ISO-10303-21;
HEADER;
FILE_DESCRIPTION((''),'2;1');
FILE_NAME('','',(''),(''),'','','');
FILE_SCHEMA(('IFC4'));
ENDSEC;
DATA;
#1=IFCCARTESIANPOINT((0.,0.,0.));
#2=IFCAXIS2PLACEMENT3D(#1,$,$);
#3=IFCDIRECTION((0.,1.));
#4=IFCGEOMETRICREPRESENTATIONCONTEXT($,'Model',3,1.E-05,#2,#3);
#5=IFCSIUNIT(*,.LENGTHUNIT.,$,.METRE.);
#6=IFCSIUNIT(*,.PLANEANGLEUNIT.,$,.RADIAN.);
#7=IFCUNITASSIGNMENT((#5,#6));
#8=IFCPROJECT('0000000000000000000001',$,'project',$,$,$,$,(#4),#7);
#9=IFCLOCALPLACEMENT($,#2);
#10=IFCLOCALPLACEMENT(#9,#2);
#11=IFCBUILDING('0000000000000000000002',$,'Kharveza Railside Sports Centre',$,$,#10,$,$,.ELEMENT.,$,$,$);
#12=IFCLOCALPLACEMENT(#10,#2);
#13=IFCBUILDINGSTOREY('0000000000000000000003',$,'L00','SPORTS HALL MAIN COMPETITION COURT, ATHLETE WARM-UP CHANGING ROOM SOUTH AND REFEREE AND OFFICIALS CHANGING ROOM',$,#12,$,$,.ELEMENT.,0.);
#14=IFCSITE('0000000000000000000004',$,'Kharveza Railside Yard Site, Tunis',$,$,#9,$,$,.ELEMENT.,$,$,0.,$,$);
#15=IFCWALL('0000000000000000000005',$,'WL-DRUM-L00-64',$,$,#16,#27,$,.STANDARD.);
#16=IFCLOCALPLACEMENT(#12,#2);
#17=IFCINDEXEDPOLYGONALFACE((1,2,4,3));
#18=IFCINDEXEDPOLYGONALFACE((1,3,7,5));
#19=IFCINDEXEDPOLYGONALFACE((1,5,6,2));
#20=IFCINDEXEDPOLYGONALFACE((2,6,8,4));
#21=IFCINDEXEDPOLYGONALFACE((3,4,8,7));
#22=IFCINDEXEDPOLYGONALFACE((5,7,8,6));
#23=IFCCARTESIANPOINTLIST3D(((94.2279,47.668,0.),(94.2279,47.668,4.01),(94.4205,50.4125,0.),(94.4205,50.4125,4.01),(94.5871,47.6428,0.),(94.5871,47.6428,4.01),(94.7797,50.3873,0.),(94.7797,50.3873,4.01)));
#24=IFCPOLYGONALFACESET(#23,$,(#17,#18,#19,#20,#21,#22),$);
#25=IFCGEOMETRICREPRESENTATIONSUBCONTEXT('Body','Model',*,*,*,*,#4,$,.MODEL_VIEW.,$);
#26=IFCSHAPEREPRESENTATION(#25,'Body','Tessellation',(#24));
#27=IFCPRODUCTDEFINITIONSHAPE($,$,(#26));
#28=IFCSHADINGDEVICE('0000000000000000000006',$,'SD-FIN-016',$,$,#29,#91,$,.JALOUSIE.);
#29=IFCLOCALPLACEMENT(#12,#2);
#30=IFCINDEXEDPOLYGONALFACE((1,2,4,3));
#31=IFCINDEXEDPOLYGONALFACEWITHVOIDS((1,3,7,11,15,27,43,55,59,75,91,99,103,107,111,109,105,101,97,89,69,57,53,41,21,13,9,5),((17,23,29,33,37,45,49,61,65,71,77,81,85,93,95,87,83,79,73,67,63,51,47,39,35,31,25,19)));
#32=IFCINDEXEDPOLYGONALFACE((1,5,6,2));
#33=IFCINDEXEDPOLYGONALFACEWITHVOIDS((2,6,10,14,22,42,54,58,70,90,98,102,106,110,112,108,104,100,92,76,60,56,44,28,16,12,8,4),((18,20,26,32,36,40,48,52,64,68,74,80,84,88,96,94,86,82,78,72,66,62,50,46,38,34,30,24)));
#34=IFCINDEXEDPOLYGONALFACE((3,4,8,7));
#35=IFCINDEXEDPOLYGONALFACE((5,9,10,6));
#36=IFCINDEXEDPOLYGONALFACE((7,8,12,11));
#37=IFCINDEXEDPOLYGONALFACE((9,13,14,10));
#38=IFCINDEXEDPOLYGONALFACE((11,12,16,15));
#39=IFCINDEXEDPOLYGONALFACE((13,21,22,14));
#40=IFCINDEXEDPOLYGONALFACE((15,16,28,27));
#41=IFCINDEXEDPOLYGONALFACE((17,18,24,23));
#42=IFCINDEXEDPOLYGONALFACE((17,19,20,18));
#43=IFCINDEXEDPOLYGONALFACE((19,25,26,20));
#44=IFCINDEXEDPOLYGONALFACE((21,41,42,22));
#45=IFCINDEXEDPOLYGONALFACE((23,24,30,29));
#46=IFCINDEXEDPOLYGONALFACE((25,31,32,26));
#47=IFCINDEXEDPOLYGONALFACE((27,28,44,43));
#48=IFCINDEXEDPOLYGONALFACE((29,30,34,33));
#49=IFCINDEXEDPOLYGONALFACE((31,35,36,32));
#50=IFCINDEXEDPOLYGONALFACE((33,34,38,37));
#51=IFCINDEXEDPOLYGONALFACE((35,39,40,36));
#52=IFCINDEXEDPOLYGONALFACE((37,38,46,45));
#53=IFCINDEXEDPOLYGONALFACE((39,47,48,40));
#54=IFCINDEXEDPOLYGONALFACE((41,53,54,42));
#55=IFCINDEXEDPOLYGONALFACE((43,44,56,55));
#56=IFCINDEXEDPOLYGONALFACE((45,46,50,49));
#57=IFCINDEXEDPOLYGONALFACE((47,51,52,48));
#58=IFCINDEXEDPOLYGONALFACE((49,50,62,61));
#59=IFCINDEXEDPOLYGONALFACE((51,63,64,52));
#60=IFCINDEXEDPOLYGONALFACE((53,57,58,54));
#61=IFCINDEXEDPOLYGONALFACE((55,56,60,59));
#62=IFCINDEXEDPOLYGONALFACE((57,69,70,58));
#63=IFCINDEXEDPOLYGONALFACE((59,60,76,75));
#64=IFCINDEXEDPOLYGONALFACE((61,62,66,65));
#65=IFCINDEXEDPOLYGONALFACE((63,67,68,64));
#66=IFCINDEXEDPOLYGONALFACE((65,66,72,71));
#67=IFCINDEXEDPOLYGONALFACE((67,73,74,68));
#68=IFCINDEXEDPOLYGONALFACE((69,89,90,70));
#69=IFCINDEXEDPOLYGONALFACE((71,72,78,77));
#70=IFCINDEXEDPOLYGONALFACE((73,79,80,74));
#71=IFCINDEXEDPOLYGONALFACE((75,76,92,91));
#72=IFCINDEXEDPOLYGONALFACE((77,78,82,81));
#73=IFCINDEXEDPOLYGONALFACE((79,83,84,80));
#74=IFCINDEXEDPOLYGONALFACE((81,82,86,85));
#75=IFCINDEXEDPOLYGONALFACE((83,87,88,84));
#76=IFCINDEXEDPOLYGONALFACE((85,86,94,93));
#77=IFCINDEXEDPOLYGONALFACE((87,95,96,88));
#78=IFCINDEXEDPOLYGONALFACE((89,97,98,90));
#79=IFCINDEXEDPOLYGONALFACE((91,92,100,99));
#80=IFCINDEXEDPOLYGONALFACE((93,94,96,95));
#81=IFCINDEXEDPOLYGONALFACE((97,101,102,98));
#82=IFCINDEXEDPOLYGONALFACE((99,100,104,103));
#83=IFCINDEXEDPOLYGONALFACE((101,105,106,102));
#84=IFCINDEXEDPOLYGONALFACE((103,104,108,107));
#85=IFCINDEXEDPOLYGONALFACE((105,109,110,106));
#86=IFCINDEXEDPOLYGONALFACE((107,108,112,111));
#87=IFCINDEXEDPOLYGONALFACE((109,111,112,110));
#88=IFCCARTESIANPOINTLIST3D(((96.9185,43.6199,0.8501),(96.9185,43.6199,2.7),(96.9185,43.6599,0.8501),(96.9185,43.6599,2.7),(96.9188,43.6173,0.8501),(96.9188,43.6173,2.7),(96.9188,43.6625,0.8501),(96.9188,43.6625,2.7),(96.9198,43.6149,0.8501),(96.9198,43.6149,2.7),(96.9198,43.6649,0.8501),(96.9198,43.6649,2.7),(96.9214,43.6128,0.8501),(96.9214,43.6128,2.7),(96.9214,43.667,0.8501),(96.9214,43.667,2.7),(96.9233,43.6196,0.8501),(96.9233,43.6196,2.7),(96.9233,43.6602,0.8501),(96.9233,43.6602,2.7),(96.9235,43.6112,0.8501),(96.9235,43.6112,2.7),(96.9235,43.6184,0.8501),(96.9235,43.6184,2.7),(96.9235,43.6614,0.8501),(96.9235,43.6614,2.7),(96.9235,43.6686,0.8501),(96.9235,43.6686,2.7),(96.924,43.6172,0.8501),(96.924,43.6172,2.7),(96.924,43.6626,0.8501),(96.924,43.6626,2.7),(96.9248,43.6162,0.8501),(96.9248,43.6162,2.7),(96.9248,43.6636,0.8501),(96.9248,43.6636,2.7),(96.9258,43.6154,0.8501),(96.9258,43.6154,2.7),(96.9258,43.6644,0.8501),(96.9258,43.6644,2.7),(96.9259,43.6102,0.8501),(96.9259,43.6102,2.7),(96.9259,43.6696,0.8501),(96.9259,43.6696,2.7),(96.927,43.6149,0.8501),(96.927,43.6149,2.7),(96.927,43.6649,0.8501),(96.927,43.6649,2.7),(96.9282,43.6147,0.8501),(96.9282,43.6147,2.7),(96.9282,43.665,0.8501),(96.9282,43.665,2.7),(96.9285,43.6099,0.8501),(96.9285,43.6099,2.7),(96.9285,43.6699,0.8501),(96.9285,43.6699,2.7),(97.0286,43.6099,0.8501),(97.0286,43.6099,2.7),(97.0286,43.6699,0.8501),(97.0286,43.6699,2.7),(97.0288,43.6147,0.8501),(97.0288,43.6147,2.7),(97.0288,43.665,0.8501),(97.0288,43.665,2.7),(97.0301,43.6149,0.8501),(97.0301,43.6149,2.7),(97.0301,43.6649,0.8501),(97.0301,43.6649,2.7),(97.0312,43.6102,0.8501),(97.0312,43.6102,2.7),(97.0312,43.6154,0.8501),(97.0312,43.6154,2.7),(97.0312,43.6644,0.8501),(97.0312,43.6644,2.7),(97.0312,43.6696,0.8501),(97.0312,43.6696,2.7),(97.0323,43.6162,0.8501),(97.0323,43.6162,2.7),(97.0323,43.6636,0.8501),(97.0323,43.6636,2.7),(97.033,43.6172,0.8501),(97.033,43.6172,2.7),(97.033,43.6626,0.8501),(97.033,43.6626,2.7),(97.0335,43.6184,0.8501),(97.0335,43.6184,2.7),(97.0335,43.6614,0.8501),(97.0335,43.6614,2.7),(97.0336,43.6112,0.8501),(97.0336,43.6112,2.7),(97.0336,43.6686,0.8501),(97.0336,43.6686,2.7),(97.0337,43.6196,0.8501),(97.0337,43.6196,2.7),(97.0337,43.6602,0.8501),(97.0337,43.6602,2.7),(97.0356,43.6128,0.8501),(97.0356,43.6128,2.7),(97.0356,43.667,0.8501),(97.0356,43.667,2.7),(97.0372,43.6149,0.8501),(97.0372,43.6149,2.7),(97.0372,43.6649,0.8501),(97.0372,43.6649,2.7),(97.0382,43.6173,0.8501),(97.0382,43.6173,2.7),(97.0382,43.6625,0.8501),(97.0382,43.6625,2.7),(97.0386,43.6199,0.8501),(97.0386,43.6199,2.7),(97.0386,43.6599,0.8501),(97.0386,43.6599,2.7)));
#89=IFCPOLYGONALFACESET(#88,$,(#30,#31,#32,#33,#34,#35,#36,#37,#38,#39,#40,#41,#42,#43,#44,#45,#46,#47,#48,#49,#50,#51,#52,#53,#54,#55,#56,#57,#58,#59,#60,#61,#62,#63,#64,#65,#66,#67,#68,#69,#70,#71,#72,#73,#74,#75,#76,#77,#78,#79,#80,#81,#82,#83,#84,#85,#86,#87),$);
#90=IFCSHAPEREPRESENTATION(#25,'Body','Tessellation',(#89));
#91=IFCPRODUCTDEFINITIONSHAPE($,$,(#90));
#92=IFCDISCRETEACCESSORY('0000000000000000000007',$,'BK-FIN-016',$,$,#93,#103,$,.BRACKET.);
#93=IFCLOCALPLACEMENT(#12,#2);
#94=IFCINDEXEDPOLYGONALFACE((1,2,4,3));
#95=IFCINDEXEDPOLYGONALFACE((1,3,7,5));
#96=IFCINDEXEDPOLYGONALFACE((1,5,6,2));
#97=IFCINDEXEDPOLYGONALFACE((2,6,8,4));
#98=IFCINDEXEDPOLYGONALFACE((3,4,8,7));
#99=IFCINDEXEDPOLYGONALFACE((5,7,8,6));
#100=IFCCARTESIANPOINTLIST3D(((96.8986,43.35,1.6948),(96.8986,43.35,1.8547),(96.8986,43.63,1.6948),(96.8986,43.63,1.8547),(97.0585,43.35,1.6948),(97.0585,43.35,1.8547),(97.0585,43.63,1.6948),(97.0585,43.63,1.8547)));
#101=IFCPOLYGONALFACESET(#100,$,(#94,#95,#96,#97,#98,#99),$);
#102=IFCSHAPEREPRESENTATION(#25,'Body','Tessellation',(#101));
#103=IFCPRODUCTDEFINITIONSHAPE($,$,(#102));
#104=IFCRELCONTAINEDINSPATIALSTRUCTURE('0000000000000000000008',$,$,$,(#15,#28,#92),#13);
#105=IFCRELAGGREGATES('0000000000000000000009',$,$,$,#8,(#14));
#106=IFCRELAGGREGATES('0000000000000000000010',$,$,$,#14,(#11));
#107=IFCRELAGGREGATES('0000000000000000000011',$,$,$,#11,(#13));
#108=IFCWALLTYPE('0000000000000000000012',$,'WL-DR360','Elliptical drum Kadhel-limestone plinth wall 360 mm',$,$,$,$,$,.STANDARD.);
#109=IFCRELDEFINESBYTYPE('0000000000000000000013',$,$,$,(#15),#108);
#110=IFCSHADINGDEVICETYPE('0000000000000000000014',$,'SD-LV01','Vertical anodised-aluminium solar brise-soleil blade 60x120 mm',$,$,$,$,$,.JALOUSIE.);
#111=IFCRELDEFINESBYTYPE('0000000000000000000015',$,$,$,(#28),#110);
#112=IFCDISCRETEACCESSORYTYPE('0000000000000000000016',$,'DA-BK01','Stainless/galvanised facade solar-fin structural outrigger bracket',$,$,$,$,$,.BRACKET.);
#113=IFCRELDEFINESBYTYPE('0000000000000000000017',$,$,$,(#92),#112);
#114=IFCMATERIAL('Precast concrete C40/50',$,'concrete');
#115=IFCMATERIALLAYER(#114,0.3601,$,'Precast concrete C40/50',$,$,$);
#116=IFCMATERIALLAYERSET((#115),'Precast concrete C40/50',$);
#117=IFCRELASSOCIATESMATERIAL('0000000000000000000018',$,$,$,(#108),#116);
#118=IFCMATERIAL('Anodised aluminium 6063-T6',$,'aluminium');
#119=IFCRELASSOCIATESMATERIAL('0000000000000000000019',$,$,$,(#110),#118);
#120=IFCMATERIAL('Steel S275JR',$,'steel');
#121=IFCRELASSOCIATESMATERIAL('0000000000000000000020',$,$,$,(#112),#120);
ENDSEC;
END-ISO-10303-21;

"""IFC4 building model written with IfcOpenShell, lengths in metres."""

from ifc_helpers import new_model, si_unit, direction, frame, frame_2d, origin, origin_2d, place, context, subcontext, project, spatial, rectangle, hollow_rectangle, extrude, material, layer, layer_set, material_profile, profile_set, type_object, element, save


model = new_model("IFC4")

# Units and contexts
model_context = context("Model", 3, precision=1e-05, world=origin(), true_north=direction((0.0, 1.0)))
body_context = subcontext(model_context, "Body", "Model", "MODEL_VIEW")
ifc_project = project(units=[si_unit("LENGTHUNIT", "METRE"), si_unit("PLANEANGLEUNIT", "RADIAN")], contexts=[model_context])

# Site, building, storey
site_placement = place(None, origin())
site = spatial("IfcSite", under=ifc_project, at=site_placement, Name="Kharveza Railside Yard Site, Tunis", CompositionType="ELEMENT", RefElevation=0.0)
building_placement = place(site_placement, origin())
building = spatial("IfcBuilding", under=site, at=building_placement, Name="Kharveza Railside Sports Centre", CompositionType="ELEMENT")
storey_placement = place(building_placement, origin())
storey = spatial("IfcBuildingStorey", under=building, at=storey_placement, Name="L00", Description="SPORTS HALL MAIN COMPETITION COURT, ATHLETE WARM-UP CHANGING ROOM SOUTH AND REFEREE AND OFFICIALS CHANGING ROOM", CompositionType="ELEMENT", Elevation=0.0)

# Wall
ifc_material_1 = material(Name="Precast concrete C40/50", Category="concrete")
ifc_layer_1 = layer(ifc_material_1, 0.3601, Name="Precast concrete C40/50")
ifc_layer_set_1 = layer_set([ifc_layer_1], Name="Precast concrete C40/50")
wall_type = type_object("IfcWallType", Name="WL-DR360", Description="Elliptical drum Kadhel-limestone plinth wall 360 mm", PredefinedType="STANDARD", material=ifc_layer_set_1)
wall_1_placement = place(storey_placement, frame((94.4075, 47.6555, 0.0), z_axis=(0.0, 0.0, 1.0), x_axis=(0.070017, 0.997546, 0.0)))
element("IfcWall", 1, at=wall_1_placement, inside=storey, type_object=wall_type, Name="WL-DRUM-L00-64", PredefinedType="STANDARD", context=body_context, shape_type="SweptSolid", body=[
    extrude(rectangle(XDim=2.7512, YDim=0.3601, at=frame_2d((1.3755, 0.0))), origin(), (0.0, 0.0, 1.0), 4.01),
])

# Shading device
ifc_material_2 = material(Name="Anodised aluminium 6063-T6", Category="aluminium")
ifc_material_profile_1 = material_profile(ifc_material_2, hollow_rectangle(XDim=0.0601, YDim=0.1201, WallThickness=0.0049, InnerFilletRadius=0.0049, OuterFilletRadius=0.01, at=origin_2d()), Name="RHS 60x120x5.0")
ifc_profile_set_1 = profile_set([ifc_material_profile_1], Name="Anodised aluminium 6063-T6")
shading_device_type = type_object("IfcShadingDeviceType", Name="SD-LV01", Description="Vertical anodised-aluminium solar brise-soleil blade 60x120 mm", PredefinedType="JALOUSIE", material=ifc_profile_set_1)
shading_device_placement = place(storey_placement, frame((96.9785, 43.6399, 0.8501), z_axis=(0.0, 0.0, 1.0), x_axis=(0.0, 1.0, 0.0)))
element("IfcShadingDevice", 2, at=shading_device_placement, inside=storey, type_object=shading_device_type, Name="SD-FIN-016", PredefinedType="JALOUSIE", context=body_context, shape_type="SweptSolid", body=[
    extrude(hollow_rectangle(XDim=0.0601, YDim=0.1201, WallThickness=0.0049, InnerFilletRadius=0.0049, OuterFilletRadius=0.01, at=origin_2d()), origin(), (0.0, 0.0, 1.0), 1.8499),
])

# Discrete accessory
ifc_material_3 = material(Name="Steel S275JR", Category="steel")
discrete_accessory_type = type_object("IfcDiscreteAccessoryType", Name="DA-BK01", Description="Stainless/galvanised facade solar-fin structural outrigger bracket", PredefinedType="BRACKET", material=ifc_material_3)
discrete_accessory_placement = place(storey_placement, frame((96.9785, 43.49, 1.6948), z_axis=(0.0, 0.0, 1.0), x_axis=(0.0, 1.0, 0.0)))
element("IfcDiscreteAccessory", 3, at=discrete_accessory_placement, inside=storey, type_object=discrete_accessory_type, Name="BK-FIN-016", PredefinedType="BRACKET", context=body_context, shape_type="SweptSolid", body=[
    extrude(rectangle(XDim=0.28, YDim=0.1599, at=origin_2d()), origin(), (0.0, 0.0, 1.0), 0.1599),
])

save(model, "model.ifc")
